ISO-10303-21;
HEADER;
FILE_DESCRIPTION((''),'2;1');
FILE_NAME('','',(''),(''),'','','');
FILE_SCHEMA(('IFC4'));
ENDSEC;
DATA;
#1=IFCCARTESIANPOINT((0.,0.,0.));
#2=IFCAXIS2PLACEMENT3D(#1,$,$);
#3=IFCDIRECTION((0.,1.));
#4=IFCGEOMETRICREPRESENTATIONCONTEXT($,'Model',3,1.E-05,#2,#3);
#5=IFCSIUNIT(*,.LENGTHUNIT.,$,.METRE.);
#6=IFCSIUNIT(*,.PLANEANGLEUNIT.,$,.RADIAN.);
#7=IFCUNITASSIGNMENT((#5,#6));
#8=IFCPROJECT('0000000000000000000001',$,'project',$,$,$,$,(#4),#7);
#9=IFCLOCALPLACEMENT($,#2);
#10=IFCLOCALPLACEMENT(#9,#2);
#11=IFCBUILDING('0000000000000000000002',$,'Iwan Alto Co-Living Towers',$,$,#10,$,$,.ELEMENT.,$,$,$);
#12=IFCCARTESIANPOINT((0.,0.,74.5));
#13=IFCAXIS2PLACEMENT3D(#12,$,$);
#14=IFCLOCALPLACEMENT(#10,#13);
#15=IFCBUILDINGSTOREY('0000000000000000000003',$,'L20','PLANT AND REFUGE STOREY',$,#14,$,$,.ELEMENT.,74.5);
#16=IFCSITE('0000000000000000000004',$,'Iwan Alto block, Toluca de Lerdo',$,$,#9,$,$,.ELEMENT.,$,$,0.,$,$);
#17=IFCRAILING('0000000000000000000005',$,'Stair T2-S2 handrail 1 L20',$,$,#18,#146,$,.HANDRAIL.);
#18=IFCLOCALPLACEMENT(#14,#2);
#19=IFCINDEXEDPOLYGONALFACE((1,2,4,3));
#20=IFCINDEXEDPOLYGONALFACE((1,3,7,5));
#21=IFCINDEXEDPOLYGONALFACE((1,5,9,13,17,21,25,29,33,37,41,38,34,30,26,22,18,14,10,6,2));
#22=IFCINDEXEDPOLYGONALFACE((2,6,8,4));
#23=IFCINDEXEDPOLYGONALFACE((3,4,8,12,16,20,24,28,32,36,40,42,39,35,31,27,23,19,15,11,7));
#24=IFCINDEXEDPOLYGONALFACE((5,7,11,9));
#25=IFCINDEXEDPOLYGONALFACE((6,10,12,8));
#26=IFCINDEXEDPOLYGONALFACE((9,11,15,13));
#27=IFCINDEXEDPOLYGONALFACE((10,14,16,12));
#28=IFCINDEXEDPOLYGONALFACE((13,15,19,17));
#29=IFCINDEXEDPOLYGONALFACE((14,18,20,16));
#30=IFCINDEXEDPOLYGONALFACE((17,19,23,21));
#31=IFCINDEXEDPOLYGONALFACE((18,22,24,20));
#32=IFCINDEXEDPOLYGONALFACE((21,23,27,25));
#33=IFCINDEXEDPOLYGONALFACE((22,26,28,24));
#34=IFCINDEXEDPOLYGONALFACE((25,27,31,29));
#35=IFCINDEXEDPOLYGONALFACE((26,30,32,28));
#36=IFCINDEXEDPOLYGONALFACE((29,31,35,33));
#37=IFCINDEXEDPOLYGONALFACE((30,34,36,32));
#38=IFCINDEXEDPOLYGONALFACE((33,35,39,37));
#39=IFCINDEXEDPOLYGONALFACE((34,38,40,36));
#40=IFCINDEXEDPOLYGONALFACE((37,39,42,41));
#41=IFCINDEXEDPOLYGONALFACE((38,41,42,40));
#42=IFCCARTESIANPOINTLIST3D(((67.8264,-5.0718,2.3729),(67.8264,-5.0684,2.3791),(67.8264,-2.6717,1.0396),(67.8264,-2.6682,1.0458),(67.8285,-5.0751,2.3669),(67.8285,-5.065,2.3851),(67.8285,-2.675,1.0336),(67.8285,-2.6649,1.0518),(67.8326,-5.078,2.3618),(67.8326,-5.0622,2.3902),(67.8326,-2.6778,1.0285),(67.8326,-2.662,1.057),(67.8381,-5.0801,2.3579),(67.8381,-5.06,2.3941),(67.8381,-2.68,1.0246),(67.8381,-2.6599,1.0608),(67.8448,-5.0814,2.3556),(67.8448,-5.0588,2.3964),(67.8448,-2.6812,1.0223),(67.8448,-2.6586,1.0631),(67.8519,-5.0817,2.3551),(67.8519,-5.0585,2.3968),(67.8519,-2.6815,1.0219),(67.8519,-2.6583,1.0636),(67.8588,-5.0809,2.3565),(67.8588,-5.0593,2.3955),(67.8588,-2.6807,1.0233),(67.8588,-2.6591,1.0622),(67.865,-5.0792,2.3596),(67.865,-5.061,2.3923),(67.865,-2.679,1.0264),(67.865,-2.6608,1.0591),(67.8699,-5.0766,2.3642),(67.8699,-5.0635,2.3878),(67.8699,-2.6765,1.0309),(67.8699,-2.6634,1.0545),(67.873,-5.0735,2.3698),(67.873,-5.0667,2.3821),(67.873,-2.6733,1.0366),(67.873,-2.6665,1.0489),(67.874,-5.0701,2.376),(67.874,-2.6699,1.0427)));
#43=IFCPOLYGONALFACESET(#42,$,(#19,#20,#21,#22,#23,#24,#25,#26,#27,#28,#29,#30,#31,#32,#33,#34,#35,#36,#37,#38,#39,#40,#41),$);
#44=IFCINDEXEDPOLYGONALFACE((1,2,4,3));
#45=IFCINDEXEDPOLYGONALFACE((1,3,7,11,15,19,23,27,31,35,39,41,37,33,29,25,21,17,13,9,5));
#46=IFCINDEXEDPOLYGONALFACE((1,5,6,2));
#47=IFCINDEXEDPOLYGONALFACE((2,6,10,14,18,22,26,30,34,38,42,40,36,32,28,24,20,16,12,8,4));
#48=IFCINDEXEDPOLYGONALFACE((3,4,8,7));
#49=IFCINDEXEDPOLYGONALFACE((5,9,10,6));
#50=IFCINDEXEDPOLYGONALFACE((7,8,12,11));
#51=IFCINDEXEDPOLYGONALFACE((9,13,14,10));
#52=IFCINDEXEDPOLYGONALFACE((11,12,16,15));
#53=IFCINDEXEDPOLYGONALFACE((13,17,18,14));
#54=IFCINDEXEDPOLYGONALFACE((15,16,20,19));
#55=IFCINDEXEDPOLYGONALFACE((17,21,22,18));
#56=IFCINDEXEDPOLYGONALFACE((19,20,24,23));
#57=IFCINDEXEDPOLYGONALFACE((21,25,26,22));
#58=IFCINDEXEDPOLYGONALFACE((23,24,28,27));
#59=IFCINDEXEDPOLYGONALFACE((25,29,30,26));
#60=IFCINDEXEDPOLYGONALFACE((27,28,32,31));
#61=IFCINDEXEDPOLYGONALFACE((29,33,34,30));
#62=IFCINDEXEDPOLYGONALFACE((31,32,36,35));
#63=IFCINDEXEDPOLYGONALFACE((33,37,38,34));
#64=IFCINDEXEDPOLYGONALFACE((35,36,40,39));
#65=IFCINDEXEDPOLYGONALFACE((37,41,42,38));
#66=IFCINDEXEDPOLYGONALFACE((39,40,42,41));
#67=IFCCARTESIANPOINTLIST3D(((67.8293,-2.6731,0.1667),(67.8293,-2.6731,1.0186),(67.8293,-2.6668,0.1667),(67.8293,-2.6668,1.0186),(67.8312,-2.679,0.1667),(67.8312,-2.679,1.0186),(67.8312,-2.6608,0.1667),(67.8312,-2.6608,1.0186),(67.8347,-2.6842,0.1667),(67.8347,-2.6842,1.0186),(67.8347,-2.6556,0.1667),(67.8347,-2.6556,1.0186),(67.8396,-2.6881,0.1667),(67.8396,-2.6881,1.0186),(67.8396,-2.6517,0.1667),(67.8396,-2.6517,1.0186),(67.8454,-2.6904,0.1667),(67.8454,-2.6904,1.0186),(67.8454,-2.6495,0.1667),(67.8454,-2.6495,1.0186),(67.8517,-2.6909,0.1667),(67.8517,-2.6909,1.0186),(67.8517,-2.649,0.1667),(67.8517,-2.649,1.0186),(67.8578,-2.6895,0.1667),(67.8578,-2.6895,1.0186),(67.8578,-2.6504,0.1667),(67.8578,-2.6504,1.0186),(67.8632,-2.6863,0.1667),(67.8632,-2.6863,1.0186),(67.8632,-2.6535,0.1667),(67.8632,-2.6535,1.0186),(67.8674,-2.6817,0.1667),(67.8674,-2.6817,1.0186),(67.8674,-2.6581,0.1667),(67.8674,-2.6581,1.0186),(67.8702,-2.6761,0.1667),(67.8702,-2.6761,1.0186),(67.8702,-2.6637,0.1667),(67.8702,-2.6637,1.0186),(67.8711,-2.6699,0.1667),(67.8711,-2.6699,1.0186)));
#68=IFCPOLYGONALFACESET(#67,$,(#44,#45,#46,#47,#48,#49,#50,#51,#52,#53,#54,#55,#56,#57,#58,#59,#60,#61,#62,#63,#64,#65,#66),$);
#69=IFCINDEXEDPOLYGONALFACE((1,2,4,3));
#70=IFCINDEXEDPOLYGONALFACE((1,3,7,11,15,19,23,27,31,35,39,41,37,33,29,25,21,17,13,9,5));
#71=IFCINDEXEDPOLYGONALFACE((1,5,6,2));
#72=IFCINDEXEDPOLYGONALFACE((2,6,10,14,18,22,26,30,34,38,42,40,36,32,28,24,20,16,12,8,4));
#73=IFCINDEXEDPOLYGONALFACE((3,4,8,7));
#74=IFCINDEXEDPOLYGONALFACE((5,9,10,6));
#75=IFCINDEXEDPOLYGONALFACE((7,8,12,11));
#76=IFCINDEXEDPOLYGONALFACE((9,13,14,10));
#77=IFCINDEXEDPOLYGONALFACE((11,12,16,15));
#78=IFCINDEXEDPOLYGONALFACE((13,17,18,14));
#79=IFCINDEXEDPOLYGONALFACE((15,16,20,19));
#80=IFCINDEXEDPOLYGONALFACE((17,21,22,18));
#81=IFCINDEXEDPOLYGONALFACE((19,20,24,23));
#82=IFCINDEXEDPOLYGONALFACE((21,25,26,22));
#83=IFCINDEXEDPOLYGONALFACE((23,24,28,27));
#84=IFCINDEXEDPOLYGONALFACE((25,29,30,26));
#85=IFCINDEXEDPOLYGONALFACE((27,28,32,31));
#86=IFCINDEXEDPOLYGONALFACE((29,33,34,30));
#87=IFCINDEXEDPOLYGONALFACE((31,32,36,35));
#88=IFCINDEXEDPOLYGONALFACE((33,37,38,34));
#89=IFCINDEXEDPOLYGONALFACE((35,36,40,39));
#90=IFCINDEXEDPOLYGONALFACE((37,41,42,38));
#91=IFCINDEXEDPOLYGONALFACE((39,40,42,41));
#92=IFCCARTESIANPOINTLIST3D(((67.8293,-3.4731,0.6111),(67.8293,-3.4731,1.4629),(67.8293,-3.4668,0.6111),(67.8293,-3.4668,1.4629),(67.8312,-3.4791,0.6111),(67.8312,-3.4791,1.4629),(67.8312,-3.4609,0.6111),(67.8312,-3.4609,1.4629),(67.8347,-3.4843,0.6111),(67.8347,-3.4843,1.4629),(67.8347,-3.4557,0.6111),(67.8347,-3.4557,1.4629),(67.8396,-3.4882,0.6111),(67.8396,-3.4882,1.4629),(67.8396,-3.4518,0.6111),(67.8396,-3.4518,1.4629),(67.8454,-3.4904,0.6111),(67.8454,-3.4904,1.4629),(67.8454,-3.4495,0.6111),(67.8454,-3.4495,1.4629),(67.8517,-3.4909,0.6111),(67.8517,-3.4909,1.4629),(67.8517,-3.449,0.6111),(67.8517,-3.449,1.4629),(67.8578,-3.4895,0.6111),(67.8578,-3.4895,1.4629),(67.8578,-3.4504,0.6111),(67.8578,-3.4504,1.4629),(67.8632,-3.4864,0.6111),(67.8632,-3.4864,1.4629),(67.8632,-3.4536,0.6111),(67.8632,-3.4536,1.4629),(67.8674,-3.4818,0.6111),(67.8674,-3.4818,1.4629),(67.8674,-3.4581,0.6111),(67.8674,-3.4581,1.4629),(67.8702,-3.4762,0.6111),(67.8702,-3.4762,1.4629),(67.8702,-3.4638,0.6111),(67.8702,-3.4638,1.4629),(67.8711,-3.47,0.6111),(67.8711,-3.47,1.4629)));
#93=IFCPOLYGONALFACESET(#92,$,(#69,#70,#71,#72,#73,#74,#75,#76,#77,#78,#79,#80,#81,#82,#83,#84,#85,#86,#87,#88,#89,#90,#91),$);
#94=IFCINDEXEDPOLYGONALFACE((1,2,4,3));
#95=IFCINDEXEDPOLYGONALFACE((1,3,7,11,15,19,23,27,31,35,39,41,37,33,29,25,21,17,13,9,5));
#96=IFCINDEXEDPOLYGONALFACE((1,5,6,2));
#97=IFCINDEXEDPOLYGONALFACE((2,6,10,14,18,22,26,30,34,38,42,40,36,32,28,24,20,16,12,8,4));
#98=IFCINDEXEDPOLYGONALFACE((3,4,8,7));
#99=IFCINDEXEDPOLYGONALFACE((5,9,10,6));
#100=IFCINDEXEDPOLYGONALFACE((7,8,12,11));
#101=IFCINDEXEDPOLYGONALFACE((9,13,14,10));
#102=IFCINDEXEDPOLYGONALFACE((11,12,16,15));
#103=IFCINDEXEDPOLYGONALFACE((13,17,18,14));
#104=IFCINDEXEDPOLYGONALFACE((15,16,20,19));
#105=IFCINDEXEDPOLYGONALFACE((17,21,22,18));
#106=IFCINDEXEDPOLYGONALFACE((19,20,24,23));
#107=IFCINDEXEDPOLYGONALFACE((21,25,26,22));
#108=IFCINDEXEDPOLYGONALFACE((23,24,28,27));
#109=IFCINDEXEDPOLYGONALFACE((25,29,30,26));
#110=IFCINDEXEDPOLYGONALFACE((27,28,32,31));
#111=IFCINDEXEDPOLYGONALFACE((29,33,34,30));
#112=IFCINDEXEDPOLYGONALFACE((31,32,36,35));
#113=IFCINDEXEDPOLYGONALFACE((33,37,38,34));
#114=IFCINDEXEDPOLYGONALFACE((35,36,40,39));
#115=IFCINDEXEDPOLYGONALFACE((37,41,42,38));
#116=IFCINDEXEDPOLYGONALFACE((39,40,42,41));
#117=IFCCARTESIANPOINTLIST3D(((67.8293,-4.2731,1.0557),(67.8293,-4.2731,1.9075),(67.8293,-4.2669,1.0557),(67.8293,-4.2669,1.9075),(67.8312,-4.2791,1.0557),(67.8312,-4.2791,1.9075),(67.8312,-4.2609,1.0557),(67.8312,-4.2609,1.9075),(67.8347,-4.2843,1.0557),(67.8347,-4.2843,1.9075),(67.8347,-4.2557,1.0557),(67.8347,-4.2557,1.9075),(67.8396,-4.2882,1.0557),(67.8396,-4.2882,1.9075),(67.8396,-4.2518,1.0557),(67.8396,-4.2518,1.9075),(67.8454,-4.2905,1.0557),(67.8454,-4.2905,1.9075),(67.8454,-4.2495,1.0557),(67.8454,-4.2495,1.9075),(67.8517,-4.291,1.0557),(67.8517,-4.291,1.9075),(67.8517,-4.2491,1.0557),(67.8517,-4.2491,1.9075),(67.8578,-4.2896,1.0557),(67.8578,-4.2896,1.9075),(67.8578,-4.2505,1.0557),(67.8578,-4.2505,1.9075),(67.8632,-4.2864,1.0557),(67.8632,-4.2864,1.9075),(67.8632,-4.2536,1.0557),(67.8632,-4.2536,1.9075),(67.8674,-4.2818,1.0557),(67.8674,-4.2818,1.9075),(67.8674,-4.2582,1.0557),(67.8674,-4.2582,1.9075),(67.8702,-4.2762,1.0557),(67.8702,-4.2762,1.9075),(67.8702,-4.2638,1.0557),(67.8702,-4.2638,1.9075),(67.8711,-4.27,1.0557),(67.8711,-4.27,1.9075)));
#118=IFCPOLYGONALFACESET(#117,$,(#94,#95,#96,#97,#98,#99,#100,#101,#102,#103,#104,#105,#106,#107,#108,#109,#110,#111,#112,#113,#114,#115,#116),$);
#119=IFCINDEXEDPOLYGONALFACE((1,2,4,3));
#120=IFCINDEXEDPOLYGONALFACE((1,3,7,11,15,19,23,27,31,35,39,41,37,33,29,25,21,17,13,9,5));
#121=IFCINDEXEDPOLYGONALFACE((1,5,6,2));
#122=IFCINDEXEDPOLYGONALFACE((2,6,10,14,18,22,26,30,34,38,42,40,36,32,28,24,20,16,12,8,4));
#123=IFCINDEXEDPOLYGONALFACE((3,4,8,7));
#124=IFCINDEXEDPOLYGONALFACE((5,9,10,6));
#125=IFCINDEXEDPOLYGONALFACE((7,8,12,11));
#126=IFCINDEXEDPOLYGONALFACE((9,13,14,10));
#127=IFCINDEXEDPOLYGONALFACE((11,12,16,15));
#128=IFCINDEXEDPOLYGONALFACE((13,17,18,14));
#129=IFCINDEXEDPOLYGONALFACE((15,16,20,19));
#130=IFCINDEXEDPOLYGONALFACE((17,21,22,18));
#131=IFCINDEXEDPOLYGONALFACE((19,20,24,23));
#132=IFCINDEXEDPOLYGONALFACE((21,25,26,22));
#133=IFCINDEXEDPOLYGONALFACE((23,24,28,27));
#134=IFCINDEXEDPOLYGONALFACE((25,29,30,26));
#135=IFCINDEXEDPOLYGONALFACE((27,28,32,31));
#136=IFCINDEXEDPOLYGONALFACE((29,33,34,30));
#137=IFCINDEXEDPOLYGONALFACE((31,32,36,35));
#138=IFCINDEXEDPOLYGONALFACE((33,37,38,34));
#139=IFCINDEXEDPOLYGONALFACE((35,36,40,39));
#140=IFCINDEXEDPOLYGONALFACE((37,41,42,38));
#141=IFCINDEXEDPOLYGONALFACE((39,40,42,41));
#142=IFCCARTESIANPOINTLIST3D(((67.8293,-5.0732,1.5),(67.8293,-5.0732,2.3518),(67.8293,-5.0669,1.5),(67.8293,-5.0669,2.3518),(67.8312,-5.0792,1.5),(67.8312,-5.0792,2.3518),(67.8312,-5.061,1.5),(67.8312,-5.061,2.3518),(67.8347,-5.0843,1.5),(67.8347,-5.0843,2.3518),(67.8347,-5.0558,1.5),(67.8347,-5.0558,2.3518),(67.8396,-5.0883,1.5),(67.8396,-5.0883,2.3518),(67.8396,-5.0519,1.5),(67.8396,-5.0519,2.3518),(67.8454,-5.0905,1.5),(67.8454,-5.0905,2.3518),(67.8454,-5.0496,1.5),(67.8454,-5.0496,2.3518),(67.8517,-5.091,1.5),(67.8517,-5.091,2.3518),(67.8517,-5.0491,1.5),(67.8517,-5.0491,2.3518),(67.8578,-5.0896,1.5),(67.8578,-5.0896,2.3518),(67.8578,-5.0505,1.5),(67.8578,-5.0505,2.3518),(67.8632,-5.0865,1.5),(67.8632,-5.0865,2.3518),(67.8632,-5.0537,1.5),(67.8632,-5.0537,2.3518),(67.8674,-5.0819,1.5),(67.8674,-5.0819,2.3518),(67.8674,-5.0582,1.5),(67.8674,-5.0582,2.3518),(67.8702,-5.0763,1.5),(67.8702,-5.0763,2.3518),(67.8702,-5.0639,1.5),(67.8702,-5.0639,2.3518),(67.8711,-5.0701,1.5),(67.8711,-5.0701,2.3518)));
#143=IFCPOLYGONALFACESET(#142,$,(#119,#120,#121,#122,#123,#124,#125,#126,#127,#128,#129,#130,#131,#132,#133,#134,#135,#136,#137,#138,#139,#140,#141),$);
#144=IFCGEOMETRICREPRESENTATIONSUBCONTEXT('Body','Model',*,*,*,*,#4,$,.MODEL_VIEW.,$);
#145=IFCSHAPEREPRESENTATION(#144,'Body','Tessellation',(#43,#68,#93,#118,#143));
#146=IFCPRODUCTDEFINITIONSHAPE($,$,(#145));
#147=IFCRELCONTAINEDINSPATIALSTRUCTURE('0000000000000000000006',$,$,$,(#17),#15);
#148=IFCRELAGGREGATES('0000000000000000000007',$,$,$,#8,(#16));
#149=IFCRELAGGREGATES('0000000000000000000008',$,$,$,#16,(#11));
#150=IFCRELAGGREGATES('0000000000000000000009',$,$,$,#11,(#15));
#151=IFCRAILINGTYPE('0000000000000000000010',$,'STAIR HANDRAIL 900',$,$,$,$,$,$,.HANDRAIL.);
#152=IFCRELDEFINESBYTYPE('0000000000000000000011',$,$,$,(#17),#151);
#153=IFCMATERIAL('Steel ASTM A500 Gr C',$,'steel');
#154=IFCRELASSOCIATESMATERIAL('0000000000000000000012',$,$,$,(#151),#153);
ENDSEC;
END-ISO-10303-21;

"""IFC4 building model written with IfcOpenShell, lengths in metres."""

from ifc_helpers import new_model, si_unit, direction, frame, origin, origin_2d, place, context, subcontext, project, spatial, circle, extrude, material, type_object, element, save


model = new_model("IFC4")

# Units and contexts
model_context = context("Model", 3, precision=1e-05, world=origin(), true_north=direction((0.0, 1.0)))
body_context = subcontext(model_context, "Body", "Model", "MODEL_VIEW")
ifc_project = project(units=[si_unit("LENGTHUNIT", "METRE"), si_unit("PLANEANGLEUNIT", "RADIAN")], contexts=[model_context])

# Site, building, storey
site_placement = place(None, origin())
site = spatial("IfcSite", under=ifc_project, at=site_placement, Name="Iwan Alto block, Toluca de Lerdo", CompositionType="ELEMENT", RefElevation=0.0)
building_placement = place(site_placement, origin())
building = spatial("IfcBuilding", under=site, at=building_placement, Name="Iwan Alto Co-Living Towers", CompositionType="ELEMENT")
storey_placement = place(building_placement, frame((0.0, 0.0, 74.5)))
storey = spatial("IfcBuildingStorey", under=building, at=storey_placement, Name="L20", Description="PLANT AND REFUGE STOREY", CompositionType="ELEMENT", Elevation=74.5)

# Railing
ifc_material_1 = material(Name="Steel ASTM A500 Gr C", Category="steel")
railing_type_1 = type_object("IfcRailingType", Name="STAIR HANDRAIL 900", PredefinedType="HANDRAIL", material=ifc_material_1)
railing_1_placement = place(storey_placement, frame((67.8501, -2.6699, 0.1667)))
element("IfcRailing", 1, at=railing_1_placement, inside=storey, type_object=railing_type_1, Name="Stair T2-S2 handrail 1 L20", PredefinedType="HANDRAIL", context=body_context, shape_type="SweptSolid", body=[
    extrude(circle(Radius=0.0239, at=origin_2d()), frame((0.0, 0.0, 0.876), z_axis=(0.0, -0.874182, 0.485598), x_axis=(1.0, 0.0, 0.0)), (0.0, 0.0, 1.0), 2.7456),
    extrude(circle(Radius=0.021, at=origin_2d()), origin(), (0.0, 0.0, 1.0), 0.8518),
    extrude(circle(Radius=0.021, at=origin_2d()), frame((0.0, -0.8, 0.4443)), (0.0, 0.0, 1.0), 0.8518),
    extrude(circle(Radius=0.021, at=origin_2d()), frame((0.0, -1.6001, 0.8889)), (0.0, 0.0, 1.0), 0.8518),
    extrude(circle(Radius=0.021, at=origin_2d()), frame((0.0, -2.4001, 1.3333)), (0.0, 0.0, 1.0), 0.8518),
])

save(model, "model.ifc")
